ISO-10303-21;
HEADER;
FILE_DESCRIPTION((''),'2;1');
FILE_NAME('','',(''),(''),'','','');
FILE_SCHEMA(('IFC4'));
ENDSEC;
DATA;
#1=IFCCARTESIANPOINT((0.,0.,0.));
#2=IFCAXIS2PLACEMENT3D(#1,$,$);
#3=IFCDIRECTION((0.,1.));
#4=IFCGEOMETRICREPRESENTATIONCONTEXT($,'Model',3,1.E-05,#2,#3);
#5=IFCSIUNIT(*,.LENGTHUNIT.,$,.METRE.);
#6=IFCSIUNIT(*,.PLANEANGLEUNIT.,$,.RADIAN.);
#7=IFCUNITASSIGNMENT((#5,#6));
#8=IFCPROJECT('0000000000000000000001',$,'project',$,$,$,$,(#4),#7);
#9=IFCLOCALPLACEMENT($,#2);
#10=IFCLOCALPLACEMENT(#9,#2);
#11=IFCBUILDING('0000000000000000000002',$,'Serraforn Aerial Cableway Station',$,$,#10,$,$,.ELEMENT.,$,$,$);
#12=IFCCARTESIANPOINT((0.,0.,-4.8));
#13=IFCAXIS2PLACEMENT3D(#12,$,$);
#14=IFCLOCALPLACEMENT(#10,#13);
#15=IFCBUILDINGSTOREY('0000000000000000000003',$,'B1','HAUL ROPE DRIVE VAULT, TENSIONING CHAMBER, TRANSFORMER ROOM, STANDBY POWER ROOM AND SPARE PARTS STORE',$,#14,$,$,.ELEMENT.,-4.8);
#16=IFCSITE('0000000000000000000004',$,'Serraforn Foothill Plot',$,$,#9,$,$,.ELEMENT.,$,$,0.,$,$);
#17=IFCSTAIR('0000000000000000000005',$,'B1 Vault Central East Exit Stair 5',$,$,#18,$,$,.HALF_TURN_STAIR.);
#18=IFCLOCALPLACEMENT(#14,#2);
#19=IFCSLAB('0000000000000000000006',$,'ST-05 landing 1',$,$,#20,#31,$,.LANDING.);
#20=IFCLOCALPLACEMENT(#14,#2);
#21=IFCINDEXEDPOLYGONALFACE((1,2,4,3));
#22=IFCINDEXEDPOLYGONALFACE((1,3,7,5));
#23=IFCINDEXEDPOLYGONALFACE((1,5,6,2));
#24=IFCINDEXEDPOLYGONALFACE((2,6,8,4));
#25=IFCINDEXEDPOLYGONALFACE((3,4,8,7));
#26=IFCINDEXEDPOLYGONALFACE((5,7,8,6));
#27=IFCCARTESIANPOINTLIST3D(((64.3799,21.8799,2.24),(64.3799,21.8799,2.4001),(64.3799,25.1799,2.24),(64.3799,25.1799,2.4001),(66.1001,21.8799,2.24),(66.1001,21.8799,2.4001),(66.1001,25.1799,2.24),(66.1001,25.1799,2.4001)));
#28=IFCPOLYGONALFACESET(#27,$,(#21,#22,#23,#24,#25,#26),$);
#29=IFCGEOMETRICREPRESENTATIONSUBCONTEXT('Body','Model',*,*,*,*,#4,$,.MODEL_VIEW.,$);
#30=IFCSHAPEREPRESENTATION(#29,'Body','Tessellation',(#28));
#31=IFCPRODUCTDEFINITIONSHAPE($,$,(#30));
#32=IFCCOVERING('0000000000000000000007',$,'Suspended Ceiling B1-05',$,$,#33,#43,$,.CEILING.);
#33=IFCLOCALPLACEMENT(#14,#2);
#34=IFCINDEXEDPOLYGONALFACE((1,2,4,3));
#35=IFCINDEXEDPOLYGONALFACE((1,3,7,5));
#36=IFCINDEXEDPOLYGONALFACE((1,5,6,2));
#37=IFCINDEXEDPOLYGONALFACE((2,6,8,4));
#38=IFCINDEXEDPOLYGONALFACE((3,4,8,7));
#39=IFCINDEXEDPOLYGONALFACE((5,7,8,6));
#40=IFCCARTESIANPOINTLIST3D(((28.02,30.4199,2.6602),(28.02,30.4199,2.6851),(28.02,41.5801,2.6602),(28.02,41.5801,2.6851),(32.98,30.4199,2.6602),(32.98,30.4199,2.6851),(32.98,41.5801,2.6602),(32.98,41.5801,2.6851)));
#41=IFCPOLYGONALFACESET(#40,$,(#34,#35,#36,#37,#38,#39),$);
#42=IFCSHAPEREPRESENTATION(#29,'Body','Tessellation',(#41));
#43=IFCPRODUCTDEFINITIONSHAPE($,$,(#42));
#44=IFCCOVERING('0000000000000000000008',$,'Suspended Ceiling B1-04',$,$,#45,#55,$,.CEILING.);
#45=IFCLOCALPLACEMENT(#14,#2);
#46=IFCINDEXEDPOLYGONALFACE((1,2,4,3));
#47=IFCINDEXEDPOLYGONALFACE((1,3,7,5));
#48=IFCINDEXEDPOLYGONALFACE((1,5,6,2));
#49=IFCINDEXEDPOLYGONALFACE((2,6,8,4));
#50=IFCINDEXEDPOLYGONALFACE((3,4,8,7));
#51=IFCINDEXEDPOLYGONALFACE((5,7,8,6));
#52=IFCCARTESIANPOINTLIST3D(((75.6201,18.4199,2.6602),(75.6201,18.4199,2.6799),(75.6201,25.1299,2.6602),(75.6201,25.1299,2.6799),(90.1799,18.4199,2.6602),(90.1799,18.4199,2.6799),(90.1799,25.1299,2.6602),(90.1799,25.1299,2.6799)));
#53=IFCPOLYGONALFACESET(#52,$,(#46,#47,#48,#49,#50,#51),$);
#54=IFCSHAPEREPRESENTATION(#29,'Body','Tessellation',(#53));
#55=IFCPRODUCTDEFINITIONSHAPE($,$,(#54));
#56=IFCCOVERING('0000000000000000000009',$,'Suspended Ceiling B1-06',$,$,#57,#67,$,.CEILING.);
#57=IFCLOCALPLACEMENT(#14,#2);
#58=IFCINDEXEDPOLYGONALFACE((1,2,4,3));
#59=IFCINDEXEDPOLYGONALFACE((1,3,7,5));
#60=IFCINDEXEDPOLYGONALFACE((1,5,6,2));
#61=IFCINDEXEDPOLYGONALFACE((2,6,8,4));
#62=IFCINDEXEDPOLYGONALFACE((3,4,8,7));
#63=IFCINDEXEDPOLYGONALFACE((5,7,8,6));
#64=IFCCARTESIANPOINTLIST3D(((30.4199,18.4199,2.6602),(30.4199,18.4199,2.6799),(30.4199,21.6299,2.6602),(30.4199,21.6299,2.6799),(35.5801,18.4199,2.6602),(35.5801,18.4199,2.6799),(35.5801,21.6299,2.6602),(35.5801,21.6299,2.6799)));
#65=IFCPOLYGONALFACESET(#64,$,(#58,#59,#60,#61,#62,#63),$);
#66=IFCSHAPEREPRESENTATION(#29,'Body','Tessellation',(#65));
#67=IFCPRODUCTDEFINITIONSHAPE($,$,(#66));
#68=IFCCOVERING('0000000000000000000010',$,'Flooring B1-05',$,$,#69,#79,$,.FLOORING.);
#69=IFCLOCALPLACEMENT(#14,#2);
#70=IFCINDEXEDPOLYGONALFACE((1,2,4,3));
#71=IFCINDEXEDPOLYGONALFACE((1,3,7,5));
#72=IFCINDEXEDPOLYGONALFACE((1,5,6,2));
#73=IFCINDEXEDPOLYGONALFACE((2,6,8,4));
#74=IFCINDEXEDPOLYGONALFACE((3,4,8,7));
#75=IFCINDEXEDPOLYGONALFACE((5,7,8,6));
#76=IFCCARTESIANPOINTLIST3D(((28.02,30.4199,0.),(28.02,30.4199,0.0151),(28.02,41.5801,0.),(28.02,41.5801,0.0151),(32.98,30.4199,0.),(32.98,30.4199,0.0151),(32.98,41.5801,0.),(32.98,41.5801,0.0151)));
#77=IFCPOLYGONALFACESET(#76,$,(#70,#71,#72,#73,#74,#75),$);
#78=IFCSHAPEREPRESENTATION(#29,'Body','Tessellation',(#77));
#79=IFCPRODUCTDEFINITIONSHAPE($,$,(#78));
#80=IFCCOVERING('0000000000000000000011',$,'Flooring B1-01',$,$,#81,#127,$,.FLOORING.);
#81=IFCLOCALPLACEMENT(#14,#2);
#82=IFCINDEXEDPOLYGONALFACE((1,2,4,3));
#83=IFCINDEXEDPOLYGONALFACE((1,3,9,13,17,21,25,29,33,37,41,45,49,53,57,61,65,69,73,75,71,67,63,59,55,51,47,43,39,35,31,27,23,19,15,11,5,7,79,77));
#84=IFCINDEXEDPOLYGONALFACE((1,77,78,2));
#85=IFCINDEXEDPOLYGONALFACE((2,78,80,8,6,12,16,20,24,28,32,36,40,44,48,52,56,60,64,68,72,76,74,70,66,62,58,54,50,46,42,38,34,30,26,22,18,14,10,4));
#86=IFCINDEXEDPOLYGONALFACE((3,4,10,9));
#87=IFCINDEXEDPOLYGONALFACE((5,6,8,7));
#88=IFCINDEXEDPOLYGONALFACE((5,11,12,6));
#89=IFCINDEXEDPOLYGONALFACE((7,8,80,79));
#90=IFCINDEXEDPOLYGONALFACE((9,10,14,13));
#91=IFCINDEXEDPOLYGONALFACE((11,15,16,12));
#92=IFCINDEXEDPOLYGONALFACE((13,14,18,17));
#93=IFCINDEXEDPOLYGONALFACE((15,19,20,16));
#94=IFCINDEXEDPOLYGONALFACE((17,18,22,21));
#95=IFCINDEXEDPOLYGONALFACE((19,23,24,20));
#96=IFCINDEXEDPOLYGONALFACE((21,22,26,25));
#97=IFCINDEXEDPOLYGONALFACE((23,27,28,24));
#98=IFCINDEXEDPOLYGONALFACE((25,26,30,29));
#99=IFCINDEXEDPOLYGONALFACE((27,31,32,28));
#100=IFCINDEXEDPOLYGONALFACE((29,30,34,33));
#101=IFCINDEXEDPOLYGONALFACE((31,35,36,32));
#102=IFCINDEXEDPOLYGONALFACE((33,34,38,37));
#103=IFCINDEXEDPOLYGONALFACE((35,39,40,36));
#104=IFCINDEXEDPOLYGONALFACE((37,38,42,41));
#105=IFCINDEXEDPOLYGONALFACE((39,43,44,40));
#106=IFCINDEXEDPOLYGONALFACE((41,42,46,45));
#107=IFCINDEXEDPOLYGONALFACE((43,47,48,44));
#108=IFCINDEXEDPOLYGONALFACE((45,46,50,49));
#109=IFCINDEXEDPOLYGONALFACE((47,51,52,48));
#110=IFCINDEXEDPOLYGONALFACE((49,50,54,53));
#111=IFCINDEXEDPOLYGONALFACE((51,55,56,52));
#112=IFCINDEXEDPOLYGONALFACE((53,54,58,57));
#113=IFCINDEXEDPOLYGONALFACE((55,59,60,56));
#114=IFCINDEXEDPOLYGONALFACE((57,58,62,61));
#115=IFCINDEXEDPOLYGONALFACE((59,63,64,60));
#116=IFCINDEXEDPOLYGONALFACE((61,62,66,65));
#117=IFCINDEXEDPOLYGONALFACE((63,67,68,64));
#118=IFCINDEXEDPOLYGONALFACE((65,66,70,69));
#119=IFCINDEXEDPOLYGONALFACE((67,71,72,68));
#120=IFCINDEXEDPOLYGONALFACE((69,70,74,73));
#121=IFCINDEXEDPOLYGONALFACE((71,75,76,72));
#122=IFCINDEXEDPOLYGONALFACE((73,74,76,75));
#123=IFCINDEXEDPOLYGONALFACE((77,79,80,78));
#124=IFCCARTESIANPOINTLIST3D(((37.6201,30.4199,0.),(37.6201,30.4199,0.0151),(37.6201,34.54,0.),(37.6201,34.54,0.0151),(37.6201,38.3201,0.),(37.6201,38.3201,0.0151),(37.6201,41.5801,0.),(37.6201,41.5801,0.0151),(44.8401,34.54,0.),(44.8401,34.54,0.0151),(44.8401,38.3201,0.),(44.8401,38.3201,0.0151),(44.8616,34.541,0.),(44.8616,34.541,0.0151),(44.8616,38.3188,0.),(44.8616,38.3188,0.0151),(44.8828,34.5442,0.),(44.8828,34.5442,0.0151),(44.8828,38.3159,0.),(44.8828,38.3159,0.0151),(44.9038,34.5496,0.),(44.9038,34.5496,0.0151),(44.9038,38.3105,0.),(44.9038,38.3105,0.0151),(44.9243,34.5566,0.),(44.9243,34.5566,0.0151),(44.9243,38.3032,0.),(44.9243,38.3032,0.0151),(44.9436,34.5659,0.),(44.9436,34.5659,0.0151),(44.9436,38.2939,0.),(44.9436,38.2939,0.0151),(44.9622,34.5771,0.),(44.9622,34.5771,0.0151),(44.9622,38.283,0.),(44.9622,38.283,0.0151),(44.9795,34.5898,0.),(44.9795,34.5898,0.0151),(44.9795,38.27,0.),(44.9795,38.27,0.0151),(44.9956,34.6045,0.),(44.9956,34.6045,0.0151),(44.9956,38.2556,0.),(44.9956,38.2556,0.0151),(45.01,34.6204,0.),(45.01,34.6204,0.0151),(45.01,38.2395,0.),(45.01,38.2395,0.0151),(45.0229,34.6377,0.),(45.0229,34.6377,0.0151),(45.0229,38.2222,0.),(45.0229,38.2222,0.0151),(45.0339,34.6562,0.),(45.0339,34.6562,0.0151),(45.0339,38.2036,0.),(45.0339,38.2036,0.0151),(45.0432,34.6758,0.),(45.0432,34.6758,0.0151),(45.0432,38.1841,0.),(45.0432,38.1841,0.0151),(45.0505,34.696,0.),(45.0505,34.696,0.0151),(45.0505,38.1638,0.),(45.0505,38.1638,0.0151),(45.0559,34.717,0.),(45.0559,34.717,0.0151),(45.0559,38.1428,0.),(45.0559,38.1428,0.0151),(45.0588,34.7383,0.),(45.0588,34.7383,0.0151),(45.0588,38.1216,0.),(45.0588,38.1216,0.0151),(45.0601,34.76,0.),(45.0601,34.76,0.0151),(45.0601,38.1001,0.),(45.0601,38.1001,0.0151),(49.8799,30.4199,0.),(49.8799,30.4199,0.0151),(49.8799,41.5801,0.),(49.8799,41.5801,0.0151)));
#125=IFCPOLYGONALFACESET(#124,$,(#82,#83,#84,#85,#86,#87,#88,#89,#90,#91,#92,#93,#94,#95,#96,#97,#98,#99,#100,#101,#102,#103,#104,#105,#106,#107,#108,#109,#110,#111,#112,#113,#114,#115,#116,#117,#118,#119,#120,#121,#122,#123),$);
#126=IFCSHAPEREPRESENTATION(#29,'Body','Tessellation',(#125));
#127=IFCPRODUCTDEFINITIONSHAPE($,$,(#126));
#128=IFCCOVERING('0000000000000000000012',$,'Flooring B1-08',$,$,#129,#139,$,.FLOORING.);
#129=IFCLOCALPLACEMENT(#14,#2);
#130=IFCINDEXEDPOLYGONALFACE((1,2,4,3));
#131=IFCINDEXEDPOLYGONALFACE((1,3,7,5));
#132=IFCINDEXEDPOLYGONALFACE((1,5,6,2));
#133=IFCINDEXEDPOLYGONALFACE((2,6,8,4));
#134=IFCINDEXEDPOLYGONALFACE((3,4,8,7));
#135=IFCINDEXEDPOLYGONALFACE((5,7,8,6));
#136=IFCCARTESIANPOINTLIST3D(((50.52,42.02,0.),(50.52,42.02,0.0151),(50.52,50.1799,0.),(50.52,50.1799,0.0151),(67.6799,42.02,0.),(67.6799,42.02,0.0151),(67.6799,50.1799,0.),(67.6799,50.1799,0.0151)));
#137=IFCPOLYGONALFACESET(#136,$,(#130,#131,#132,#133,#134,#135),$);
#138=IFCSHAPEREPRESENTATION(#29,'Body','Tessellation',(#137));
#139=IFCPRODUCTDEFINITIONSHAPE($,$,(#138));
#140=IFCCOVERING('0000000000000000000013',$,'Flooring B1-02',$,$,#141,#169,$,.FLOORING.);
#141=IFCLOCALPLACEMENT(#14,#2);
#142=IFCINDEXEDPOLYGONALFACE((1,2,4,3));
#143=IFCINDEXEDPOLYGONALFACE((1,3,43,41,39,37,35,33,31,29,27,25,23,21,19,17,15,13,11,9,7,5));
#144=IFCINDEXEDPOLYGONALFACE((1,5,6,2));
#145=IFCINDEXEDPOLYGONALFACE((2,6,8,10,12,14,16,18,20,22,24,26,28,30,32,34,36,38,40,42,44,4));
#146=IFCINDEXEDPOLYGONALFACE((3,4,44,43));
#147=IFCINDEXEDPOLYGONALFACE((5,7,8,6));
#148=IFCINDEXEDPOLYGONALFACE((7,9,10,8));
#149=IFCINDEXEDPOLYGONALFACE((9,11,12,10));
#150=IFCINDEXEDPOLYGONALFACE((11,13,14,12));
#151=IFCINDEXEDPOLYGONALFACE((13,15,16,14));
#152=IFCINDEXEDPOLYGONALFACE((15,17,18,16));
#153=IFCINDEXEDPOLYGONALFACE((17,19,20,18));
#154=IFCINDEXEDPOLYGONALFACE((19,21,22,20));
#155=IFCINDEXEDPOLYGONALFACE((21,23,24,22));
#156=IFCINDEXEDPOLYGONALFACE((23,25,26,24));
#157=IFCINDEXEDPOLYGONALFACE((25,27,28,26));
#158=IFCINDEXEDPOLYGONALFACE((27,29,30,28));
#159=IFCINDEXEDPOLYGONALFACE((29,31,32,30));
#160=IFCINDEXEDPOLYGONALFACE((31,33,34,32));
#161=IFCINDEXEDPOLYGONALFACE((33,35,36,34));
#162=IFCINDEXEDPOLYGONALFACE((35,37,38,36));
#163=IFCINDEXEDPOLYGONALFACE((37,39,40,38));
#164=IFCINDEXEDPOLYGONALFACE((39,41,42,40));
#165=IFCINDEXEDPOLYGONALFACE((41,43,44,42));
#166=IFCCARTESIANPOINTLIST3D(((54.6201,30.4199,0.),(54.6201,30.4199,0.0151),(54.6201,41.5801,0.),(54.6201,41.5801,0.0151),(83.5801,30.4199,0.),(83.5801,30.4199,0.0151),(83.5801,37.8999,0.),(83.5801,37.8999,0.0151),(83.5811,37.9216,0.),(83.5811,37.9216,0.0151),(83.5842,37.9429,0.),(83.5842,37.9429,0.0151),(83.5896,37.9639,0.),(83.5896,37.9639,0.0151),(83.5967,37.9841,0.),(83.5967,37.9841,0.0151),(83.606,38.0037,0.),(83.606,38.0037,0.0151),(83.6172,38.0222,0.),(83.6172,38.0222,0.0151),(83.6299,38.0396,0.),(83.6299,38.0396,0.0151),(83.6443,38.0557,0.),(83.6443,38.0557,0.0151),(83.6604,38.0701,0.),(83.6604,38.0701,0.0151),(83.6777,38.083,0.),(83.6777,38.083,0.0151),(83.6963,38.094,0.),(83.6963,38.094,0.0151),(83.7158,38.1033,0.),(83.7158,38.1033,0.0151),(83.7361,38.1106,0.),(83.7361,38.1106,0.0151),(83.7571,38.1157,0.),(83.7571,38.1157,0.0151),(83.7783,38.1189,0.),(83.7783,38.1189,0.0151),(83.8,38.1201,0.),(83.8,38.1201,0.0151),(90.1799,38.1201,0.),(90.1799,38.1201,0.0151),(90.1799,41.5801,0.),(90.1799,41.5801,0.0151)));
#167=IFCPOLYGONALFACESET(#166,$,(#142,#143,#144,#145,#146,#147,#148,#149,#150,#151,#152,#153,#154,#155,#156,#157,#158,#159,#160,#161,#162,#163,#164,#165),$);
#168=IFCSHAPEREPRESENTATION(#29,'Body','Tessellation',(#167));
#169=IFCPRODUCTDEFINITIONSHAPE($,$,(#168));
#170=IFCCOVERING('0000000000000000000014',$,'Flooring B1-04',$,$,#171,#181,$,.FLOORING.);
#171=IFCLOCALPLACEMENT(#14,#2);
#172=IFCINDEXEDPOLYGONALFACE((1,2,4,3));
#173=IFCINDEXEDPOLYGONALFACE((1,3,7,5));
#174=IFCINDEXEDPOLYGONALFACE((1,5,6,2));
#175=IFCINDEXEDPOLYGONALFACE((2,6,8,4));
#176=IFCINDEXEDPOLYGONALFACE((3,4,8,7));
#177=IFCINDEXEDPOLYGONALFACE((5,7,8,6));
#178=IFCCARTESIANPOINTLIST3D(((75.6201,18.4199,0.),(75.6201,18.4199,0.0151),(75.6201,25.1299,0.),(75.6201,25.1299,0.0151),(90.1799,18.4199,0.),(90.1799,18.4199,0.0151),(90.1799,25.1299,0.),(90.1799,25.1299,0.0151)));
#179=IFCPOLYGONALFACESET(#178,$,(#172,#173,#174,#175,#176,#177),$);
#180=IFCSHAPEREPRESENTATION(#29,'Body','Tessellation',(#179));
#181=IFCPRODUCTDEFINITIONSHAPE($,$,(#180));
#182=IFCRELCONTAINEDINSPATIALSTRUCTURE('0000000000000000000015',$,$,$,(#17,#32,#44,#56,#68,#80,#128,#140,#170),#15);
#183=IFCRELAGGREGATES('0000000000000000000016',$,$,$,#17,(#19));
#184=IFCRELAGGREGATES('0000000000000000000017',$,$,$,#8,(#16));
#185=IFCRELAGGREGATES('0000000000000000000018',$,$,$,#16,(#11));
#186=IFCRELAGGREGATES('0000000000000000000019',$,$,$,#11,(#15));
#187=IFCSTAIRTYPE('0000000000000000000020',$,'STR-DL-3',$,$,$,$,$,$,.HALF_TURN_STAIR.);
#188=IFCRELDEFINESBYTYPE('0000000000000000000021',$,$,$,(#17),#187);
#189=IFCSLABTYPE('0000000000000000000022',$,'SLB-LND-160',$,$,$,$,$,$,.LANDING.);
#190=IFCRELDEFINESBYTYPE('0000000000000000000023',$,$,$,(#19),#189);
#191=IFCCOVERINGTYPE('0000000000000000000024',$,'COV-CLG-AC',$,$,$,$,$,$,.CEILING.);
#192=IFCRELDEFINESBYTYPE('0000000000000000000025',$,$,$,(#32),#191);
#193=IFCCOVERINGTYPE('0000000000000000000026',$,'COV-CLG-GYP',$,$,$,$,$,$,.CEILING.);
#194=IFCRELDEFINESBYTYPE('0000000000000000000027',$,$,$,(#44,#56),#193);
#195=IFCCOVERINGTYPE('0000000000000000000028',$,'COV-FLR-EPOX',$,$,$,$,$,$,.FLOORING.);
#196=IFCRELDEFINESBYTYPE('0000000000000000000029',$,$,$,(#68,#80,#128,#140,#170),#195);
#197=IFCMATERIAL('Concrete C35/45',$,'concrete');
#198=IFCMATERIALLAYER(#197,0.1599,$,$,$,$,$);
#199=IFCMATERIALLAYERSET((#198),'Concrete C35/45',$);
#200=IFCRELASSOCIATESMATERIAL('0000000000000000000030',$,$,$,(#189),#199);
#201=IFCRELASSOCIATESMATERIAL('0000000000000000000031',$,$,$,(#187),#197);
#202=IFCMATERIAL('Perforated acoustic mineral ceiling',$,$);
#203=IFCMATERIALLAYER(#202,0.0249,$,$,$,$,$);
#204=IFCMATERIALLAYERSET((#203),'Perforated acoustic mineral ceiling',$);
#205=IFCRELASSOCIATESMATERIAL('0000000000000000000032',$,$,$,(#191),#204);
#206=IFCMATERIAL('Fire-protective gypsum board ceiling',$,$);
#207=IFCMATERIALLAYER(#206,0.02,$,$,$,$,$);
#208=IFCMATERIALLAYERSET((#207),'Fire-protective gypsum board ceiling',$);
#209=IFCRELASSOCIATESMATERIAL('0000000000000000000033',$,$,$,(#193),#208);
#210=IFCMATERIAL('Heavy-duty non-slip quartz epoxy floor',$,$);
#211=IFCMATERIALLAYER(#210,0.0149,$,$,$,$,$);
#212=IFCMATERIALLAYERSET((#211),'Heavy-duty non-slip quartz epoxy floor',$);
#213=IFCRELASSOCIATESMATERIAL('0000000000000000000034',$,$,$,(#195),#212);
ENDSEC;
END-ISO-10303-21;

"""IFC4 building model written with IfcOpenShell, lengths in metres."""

from ifc_helpers import new_model, si_unit, direction, frame, origin, place, context, subcontext, project, spatial, polyline, outline, extrude, material, layer, layer_set, type_object, element, aggregate, save


model = new_model("IFC4")

# Units and contexts
model_context = context("Model", 3, precision=1e-05, world=origin(), true_north=direction((0.0, 1.0)))
body_context = subcontext(model_context, "Body", "Model", "MODEL_VIEW")
ifc_project = project(units=[si_unit("LENGTHUNIT", "METRE"), si_unit("PLANEANGLEUNIT", "RADIAN")], contexts=[model_context])

# Site, building, storey
site_placement = place(None, origin())
site = spatial("IfcSite", under=ifc_project, at=site_placement, Name="Serraforn Foothill Plot", CompositionType="ELEMENT", RefElevation=0.0)
building_placement = place(site_placement, origin())
building = spatial("IfcBuilding", under=site, at=building_placement, Name="Serraforn Aerial Cableway Station", CompositionType="ELEMENT")
storey_placement = place(building_placement, frame((0.0, 0.0, -4.8)))
storey = spatial("IfcBuildingStorey", under=building, at=storey_placement, Name="B1", Description="HAUL ROPE DRIVE VAULT, TENSIONING CHAMBER, TRANSFORMER ROOM, STANDBY POWER ROOM AND SPARE PARTS STORE", CompositionType="ELEMENT", Elevation=-4.8)

# Stair, slab
ifc_material_1 = material(Name="Concrete C35/45", Category="concrete")
ifc_layer_1 = layer(ifc_material_1, 0.1599)
ifc_layer_set_1 = layer_set([ifc_layer_1], Name="Concrete C35/45")
slab_type_1 = type_object("IfcSlabType", Name="SLB-LND-160", PredefinedType="LANDING", material=ifc_layer_set_1)
stair_type_1 = type_object("IfcStairType", Name="STR-DL-3", PredefinedType="HALF_TURN_STAIR", material=ifc_material_1)
stair_1_placement = place(storey_placement, origin())
stair_1 = element("IfcStair", 1, at=stair_1_placement, inside=storey, type_object=stair_type_1, Name="B1 Vault Central East Exit Stair 5", PredefinedType="HALF_TURN_STAIR")
slab_1_placement = place(storey_placement, frame((0.0, 0.0, 2.24)))
slab_1 = element("IfcSlab", 2, at=slab_1_placement, type_object=slab_type_1, Name="ST-05 landing 1", PredefinedType="LANDING", context=body_context, shape_type="SweptSolid", body=[
    extrude(outline(polyline([(66.1001, 25.1799), (64.3799, 25.1799), (64.3799, 21.8799), (66.1001, 21.8799), (66.1001, 25.1799)])), origin(), (0.0, 0.0, 1.0), 0.1602),
])
aggregate(stair_1, [slab_1])

# Coverings
ifc_material_2 = material(Name="Perforated acoustic mineral ceiling")
ifc_layer_2 = layer(ifc_material_2, 0.0249)
ifc_layer_set_2 = layer_set([ifc_layer_2], Name="Perforated acoustic mineral ceiling")
covering_type_1 = type_object("IfcCoveringType", Name="COV-CLG-AC", PredefinedType="CEILING", material=ifc_layer_set_2)
covering_1_placement = place(storey_placement, frame((0.0, 0.0, 2.6602)))
element("IfcCovering", 3, at=covering_1_placement, inside=storey, type_object=covering_type_1, Name="Suspended Ceiling B1-05", PredefinedType="CEILING", context=body_context, shape_type="SweptSolid", body=[
    extrude(outline(polyline([(28.02, 30.4199), (28.02, 41.5801), (32.98, 41.5801), (32.98, 30.4199), (28.02, 30.4199)])), origin(), (0.0, 0.0, 1.0), 0.0249),
])
ifc_material_3 = material(Name="Fire-protective gypsum board ceiling")
ifc_layer_3 = layer(ifc_material_3, 0.02)
ifc_layer_set_3 = layer_set([ifc_layer_3], Name="Fire-protective gypsum board ceiling")
covering_type_2 = type_object("IfcCoveringType", Name="COV-CLG-GYP", PredefinedType="CEILING", material=ifc_layer_set_3)
covering_2_placement = place(storey_placement, frame((0.0, 0.0, 2.6602)))
element("IfcCovering", 4, at=covering_2_placement, inside=storey, type_object=covering_type_2, Name="Suspended Ceiling B1-04", PredefinedType="CEILING", context=body_context, shape_type="SweptSolid", body=[
    extrude(outline(polyline([(75.6201, 18.4199), (75.6201, 25.1299), (90.1799, 25.1299), (90.1799, 18.4199), (75.6201, 18.4199)])), origin(), (0.0, 0.0, 1.0), 0.0198),
])
covering_3_placement = place(storey_placement, frame((0.0, 0.0, 2.6602)))
element("IfcCovering", 5, at=covering_3_placement, inside=storey, type_object=covering_type_2, Name="Suspended Ceiling B1-06", PredefinedType="CEILING", context=body_context, shape_type="SweptSolid", body=[
    extrude(outline(polyline([(30.4199, 18.4199), (30.4199, 21.6299), (35.5801, 21.6299), (35.5801, 18.4199), (30.4199, 18.4199)])), origin(), (0.0, 0.0, 1.0), 0.0198),
])
ifc_material_4 = material(Name="Heavy-duty non-slip quartz epoxy floor")
ifc_layer_4 = layer(ifc_material_4, 0.0149)
ifc_layer_set_4 = layer_set([ifc_layer_4], Name="Heavy-duty non-slip quartz epoxy floor")
covering_type_3 = type_object("IfcCoveringType", Name="COV-FLR-EPOX", PredefinedType="FLOORING", material=ifc_layer_set_4)
covering_4_placement = place(storey_placement, origin())
element("IfcCovering", 6, at=covering_4_placement, inside=storey, type_object=covering_type_3, Name="Flooring B1-05", PredefinedType="FLOORING", context=body_context, shape_type="SweptSolid", body=[
    extrude(outline(polyline([(28.02, 30.4199), (28.02, 41.5801), (32.98, 41.5801), (32.98, 30.4199), (28.02, 30.4199)])), origin(), (0.0, 0.0, 1.0), 0.0151),
])
covering_5_placement = place(storey_placement, origin())
element("IfcCovering", 7, at=covering_5_placement, inside=storey, type_object=covering_type_3, Name="Flooring B1-01", PredefinedType="FLOORING", context=body_context, shape_type="SweptSolid", body=[
    extrude(outline(polyline([(37.6201, 41.5801), (49.8799, 41.5801), (49.8799, 30.4199), (37.6201, 30.4199), (37.6201, 34.54), (44.8401, 34.54), (44.8616, 34.541), (44.8828, 34.5442), (44.9038, 34.5496), (44.9243, 34.5566), (44.9436, 34.5659), (44.9622, 34.5771), (44.9795, 34.5898), (44.9956, 34.6045), (45.01, 34.6204), (45.0229, 34.6377), (45.0339, 34.6562), (45.0432, 34.6758), (45.0505, 34.696), (45.0559, 34.717), (45.0588, 34.7383), (45.0601, 34.76), (45.0601, 38.1001), (45.0588, 38.1216), (45.0559, 38.1428), (45.0505, 38.1638), (45.0432, 38.1841), (45.0339, 38.2036), (45.0229, 38.2222), (45.01, 38.2395), (44.9956, 38.2556), (44.9795, 38.27), (44.9622, 38.283), (44.9436, 38.2939), (44.9243, 38.3032), (44.9038, 38.3105), (44.8828, 38.3159), (44.8616, 38.3188), (44.8401, 38.3201), (37.6201, 38.3201), (37.6201, 41.5801)])), origin(), (0.0, 0.0, 1.0), 0.0151),
])
covering_6_placement = place(storey_placement, origin())
element("IfcCovering", 8, at=covering_6_placement, inside=storey, type_object=covering_type_3, Name="Flooring B1-08", PredefinedType="FLOORING", context=body_context, shape_type="SweptSolid", body=[
    extrude(outline(polyline([(50.52, 42.02), (50.52, 50.1799), (67.6799, 50.1799), (67.6799, 42.02), (50.52, 42.02)])), origin(), (0.0, 0.0, 1.0), 0.0151),
])
covering_7_placement = place(storey_placement, origin())
element("IfcCovering", 9, at=covering_7_placement, inside=storey, type_object=covering_type_3, Name="Flooring B1-02", PredefinedType="FLOORING", context=body_context, shape_type="SweptSolid", body=[
    extrude(outline(polyline([(54.6201, 30.4199), (54.6201, 41.5801), (90.1799, 41.5801), (90.1799, 38.1201), (83.8, 38.1201), (83.7783, 38.1189), (83.7571, 38.1157), (83.7361, 38.1106), (83.7158, 38.1033), (83.6963, 38.094), (83.6777, 38.083), (83.6604, 38.0701), (83.6443, 38.0557), (83.6299, 38.0396), (83.6172, 38.0222), (83.606, 38.0037), (83.5967, 37.9841), (83.5896, 37.9639), (83.5842, 37.9429), (83.5811, 37.9216), (83.5801, 37.8999), (83.5801, 30.4199), (54.6201, 30.4199)])), origin(), (0.0, 0.0, 1.0), 0.0151),
])
covering_8_placement = place(storey_placement, origin())
element("IfcCovering", 10, at=covering_8_placement, inside=storey, type_object=covering_type_3, Name="Flooring B1-04", PredefinedType="FLOORING", context=body_context, shape_type="SweptSolid", body=[
    extrude(outline(polyline([(75.6201, 18.4199), (75.6201, 25.1299), (90.1799, 25.1299), (90.1799, 18.4199), (75.6201, 18.4199)])), origin(), (0.0, 0.0, 1.0), 0.0151),
])

save(model, "model.ifc")
